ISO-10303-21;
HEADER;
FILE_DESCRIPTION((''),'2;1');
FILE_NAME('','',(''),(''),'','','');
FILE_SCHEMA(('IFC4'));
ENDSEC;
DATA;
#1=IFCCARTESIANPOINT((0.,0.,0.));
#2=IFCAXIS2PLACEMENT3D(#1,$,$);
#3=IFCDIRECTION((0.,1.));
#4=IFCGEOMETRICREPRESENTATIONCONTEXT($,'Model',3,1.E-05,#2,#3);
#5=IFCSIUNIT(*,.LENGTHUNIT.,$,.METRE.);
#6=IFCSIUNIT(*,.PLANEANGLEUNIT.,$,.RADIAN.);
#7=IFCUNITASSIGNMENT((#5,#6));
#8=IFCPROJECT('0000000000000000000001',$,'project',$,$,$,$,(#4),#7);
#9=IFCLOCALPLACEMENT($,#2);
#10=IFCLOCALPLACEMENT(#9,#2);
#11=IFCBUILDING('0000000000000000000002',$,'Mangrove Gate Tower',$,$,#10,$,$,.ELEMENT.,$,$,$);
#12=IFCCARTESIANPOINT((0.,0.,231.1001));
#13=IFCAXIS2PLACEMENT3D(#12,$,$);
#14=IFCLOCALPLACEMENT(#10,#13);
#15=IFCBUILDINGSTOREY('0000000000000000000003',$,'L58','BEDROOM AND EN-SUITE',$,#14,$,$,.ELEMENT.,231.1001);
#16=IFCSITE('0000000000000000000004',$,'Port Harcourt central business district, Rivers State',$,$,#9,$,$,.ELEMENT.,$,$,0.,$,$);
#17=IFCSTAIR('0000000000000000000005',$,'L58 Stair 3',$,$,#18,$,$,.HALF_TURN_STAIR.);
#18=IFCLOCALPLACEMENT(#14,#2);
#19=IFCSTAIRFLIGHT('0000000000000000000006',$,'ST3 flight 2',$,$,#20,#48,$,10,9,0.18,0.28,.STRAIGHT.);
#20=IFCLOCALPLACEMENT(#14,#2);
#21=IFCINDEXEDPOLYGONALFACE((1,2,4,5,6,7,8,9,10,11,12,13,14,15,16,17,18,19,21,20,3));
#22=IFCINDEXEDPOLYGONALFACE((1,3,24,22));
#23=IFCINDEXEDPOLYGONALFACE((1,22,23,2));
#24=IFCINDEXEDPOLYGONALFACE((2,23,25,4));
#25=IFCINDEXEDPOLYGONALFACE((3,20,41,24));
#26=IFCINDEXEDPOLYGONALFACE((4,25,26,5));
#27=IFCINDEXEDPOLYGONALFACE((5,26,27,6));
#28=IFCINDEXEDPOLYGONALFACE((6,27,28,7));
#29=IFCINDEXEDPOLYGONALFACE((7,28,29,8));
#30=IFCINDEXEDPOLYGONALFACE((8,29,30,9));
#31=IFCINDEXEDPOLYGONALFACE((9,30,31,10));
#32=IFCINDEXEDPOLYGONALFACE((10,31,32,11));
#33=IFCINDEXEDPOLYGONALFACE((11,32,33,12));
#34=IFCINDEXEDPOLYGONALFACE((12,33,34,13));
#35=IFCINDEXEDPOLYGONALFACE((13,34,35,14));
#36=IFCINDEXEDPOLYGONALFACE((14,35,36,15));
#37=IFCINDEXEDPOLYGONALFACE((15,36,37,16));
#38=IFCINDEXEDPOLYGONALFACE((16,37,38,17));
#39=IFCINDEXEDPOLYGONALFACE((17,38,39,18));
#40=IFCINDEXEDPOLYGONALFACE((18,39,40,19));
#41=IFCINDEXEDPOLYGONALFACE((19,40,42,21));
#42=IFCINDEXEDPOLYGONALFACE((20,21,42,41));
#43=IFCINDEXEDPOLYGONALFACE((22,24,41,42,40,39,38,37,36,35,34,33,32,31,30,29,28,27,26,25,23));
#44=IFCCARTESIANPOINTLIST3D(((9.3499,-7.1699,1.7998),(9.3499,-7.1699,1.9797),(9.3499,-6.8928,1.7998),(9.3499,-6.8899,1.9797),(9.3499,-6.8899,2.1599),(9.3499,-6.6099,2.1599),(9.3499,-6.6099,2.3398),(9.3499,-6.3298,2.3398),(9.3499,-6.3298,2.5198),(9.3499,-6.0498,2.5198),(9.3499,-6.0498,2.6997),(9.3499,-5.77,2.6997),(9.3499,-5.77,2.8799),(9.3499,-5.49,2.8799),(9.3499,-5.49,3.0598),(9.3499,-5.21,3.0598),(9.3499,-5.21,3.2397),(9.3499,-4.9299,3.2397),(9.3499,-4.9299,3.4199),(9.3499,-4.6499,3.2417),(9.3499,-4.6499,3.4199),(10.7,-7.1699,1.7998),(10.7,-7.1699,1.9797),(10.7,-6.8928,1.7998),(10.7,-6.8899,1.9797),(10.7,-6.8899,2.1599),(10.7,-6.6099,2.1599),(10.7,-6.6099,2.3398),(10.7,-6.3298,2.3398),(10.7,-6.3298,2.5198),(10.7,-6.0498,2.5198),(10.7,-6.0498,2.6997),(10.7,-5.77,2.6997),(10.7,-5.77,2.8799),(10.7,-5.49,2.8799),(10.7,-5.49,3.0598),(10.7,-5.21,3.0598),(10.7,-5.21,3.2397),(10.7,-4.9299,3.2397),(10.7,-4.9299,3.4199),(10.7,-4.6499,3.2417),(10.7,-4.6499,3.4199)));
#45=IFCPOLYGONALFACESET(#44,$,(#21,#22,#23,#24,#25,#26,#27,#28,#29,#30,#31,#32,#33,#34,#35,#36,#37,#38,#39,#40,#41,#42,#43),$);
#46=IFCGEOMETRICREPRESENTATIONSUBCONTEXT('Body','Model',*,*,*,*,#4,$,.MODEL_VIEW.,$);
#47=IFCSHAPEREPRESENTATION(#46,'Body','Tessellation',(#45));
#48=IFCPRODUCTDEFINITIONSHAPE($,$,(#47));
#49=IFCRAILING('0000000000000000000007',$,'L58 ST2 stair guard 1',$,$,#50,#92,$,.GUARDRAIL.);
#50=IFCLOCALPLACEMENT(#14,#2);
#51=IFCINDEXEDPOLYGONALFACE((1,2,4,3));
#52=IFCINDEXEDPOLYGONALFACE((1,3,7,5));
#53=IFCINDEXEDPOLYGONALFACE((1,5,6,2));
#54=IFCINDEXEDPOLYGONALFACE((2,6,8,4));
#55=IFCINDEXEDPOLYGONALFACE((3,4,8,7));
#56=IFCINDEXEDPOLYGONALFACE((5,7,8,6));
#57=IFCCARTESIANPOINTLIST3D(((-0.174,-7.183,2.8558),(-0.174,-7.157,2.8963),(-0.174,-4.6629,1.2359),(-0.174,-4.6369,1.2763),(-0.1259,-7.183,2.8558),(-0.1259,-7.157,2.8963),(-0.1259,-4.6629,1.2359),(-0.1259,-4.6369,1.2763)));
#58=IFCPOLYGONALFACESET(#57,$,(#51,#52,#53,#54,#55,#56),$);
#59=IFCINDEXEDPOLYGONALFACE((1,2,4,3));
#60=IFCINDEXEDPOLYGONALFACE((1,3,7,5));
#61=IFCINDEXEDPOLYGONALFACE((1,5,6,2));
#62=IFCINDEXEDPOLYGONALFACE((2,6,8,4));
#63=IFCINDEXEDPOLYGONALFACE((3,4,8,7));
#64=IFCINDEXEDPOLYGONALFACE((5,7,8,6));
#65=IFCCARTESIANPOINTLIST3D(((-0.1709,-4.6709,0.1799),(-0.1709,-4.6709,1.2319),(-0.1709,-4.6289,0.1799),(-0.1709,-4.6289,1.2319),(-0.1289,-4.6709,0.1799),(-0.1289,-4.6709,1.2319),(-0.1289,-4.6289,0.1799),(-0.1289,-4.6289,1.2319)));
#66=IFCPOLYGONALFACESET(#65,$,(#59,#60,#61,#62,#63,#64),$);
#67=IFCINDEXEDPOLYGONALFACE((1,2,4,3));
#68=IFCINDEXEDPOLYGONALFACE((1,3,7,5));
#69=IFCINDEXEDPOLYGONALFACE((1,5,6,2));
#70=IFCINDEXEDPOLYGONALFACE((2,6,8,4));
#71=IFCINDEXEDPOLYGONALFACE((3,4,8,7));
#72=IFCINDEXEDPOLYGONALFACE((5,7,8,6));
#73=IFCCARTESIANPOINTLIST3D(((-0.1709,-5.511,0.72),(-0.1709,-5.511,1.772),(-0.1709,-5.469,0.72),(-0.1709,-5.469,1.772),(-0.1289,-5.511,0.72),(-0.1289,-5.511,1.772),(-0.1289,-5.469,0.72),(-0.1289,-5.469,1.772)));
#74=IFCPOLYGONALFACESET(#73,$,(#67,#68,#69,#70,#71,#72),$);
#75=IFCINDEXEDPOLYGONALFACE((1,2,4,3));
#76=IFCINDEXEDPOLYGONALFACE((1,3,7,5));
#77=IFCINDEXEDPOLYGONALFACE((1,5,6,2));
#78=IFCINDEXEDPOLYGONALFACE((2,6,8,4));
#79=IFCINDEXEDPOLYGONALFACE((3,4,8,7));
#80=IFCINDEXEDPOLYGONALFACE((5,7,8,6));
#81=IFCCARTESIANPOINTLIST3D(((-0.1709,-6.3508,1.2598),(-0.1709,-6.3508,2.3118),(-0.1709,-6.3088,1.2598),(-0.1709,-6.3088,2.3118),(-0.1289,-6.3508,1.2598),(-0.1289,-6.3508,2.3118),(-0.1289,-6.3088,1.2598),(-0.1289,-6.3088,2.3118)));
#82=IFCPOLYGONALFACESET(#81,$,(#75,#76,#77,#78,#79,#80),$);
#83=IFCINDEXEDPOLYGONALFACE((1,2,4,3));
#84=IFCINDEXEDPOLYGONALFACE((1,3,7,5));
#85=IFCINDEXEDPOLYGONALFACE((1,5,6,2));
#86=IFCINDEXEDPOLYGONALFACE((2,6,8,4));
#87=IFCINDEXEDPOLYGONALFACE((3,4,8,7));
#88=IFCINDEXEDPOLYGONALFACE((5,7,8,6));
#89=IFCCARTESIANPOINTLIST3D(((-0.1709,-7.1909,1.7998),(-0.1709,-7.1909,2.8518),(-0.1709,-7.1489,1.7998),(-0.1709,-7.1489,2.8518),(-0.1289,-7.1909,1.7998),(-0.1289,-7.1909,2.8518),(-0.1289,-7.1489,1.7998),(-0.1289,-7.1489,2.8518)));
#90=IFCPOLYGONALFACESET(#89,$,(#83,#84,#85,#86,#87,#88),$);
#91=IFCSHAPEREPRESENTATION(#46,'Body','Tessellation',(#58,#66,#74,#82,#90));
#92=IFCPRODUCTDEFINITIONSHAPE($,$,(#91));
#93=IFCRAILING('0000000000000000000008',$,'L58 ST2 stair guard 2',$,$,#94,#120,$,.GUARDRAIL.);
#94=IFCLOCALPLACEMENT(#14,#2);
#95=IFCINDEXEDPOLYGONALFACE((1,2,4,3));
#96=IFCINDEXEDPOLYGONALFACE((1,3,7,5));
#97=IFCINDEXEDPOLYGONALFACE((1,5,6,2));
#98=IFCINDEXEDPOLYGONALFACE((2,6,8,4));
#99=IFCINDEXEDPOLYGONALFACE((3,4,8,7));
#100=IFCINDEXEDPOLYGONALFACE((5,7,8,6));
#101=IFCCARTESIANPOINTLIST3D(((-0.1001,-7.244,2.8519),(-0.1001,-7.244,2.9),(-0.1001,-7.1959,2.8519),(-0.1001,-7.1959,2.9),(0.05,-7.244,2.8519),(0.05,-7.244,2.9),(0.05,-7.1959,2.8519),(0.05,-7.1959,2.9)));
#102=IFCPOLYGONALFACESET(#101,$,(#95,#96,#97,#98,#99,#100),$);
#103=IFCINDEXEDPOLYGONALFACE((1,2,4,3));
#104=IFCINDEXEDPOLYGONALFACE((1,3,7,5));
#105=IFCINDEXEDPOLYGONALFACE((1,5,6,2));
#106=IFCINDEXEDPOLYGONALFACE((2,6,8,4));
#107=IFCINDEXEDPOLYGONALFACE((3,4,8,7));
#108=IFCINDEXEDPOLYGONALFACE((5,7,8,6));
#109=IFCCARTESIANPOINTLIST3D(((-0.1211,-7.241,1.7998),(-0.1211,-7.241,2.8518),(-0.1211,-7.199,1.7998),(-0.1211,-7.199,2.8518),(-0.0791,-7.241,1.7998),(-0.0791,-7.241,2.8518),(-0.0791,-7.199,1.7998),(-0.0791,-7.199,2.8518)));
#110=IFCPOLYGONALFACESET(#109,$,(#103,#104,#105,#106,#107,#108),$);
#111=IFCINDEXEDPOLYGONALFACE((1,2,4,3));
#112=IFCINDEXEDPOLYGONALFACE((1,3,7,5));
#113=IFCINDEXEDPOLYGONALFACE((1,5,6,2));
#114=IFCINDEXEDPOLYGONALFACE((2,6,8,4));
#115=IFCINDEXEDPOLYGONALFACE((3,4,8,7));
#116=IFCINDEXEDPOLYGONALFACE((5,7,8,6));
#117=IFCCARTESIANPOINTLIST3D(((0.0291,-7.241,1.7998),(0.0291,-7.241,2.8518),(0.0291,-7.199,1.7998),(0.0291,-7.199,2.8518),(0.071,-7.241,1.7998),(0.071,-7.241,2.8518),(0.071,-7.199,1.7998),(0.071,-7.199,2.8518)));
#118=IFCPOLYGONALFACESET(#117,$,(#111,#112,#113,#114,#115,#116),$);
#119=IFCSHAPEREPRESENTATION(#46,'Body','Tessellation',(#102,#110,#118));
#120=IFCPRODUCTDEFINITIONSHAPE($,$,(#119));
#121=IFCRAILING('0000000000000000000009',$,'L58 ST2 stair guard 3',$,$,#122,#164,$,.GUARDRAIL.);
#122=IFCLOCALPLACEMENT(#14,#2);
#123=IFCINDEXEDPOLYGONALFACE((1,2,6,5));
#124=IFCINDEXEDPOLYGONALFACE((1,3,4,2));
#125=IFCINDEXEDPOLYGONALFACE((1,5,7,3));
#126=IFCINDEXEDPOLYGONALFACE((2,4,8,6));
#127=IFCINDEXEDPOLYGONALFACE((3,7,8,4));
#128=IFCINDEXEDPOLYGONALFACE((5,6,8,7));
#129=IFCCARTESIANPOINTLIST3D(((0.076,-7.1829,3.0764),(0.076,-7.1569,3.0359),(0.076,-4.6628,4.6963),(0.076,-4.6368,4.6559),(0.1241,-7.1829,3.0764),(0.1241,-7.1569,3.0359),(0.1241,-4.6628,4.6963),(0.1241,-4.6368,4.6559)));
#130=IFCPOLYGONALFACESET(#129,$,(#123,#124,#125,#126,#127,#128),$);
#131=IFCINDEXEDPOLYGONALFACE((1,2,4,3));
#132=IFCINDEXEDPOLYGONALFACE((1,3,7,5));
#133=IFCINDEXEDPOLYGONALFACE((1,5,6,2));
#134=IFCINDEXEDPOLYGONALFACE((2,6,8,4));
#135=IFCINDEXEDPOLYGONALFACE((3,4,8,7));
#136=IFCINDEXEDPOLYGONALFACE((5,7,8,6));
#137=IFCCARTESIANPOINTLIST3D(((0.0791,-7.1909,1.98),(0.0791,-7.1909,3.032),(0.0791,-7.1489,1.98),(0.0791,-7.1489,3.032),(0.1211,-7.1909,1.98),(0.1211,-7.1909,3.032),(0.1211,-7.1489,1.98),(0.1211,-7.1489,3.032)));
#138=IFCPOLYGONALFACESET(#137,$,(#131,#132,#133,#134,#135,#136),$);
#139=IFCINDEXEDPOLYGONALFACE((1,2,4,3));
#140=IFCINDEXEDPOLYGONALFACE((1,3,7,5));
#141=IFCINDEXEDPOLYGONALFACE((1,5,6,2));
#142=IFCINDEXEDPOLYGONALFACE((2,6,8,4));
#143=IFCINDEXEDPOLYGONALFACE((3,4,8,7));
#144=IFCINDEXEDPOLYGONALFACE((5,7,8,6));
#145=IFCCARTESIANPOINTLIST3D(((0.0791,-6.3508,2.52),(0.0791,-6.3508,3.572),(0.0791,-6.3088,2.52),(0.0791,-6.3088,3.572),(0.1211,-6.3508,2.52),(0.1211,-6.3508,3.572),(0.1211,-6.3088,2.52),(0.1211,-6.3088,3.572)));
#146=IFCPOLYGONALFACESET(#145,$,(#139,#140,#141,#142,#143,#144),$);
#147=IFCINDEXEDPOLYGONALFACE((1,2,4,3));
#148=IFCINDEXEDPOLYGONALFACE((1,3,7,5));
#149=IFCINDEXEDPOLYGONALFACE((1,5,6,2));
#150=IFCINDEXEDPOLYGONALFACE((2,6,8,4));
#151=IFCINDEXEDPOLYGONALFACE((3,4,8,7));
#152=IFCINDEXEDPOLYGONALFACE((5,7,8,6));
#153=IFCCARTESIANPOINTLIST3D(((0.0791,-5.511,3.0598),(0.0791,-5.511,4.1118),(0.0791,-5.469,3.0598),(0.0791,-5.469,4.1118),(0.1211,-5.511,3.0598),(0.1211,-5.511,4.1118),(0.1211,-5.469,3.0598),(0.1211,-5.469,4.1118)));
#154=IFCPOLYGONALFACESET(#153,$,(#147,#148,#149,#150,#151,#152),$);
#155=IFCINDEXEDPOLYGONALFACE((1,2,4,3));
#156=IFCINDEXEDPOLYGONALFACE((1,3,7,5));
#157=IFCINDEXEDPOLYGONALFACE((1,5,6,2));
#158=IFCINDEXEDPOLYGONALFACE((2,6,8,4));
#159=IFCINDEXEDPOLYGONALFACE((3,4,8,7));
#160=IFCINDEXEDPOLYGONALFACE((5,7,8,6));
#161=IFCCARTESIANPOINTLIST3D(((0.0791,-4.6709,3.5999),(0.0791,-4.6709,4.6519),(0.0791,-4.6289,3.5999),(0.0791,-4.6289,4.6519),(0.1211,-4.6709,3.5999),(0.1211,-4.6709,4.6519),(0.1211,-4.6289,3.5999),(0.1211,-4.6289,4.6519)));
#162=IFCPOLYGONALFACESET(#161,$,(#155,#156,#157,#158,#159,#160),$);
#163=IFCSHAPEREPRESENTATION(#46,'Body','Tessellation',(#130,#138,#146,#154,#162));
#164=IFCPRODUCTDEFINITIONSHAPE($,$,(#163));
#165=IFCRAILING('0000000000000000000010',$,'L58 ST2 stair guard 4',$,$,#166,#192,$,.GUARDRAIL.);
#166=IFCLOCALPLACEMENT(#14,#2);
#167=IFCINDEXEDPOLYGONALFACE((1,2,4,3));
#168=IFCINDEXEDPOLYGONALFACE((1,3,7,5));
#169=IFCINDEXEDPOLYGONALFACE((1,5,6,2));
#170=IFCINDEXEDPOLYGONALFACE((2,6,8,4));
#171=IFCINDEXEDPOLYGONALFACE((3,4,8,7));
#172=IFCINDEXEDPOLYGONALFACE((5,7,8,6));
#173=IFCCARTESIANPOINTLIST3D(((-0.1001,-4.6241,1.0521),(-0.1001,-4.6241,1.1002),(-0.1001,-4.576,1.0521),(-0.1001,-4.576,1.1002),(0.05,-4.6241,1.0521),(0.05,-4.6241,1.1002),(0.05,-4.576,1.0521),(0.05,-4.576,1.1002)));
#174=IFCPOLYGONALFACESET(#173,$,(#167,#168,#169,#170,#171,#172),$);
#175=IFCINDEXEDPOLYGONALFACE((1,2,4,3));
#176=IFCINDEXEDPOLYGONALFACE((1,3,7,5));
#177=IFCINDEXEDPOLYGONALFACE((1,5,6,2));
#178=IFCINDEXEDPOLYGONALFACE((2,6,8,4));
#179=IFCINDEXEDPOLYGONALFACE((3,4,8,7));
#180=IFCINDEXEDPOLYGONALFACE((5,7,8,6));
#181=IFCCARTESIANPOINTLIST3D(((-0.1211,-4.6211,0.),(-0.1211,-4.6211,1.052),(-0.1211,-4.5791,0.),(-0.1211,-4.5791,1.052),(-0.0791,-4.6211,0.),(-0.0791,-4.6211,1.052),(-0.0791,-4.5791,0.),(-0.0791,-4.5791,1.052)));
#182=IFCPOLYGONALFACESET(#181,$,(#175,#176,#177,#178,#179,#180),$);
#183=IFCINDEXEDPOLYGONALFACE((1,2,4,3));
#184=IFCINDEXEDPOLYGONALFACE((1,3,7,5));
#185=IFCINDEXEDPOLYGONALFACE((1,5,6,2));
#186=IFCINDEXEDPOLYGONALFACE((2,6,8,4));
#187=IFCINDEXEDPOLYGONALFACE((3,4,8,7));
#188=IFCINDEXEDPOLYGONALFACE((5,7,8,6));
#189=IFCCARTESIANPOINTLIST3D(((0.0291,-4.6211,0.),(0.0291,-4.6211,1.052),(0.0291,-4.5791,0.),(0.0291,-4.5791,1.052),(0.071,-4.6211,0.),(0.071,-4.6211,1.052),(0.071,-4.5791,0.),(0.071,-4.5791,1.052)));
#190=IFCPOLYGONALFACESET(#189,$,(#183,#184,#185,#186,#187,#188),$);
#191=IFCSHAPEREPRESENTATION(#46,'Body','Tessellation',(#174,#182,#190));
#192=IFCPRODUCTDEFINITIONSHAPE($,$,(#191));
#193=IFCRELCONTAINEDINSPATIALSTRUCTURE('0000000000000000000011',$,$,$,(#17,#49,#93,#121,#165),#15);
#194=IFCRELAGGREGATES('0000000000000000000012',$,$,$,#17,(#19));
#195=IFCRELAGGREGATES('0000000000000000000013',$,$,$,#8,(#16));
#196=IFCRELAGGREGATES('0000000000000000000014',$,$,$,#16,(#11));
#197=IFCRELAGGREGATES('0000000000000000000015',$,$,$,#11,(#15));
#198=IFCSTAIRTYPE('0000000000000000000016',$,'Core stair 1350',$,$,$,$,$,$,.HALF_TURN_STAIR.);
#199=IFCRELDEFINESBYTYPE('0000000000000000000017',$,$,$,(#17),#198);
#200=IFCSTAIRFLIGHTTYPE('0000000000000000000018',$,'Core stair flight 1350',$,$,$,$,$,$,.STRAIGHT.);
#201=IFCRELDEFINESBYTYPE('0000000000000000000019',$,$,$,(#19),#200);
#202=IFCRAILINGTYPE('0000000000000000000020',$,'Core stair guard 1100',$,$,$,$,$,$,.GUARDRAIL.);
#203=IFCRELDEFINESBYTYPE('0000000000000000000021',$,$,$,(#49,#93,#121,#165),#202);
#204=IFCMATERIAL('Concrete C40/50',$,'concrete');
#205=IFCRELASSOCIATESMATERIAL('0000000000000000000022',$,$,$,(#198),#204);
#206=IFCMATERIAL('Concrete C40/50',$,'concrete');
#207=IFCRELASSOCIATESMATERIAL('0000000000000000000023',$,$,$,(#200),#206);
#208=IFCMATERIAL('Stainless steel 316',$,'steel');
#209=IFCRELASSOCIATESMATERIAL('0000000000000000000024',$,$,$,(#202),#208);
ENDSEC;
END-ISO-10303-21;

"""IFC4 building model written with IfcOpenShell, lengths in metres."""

from ifc_helpers import new_model, si_unit, direction, frame, origin, origin_2d, place, context, subcontext, project, spatial, polyline, rectangle, outline, extrude, material, type_object, element, aggregate, save


model = new_model("IFC4")

# Units and contexts
model_context = context("Model", 3, precision=1e-05, world=origin(), true_north=direction((0.0, 1.0)))
body_context = subcontext(model_context, "Body", "Model", "MODEL_VIEW")
ifc_project = project(units=[si_unit("LENGTHUNIT", "METRE"), si_unit("PLANEANGLEUNIT", "RADIAN")], contexts=[model_context])

# Site, building, storey
site_placement = place(None, origin())
site = spatial("IfcSite", under=ifc_project, at=site_placement, Name="Port Harcourt central business district, Rivers State", CompositionType="ELEMENT", RefElevation=0.0)
building_placement = place(site_placement, origin())
building = spatial("IfcBuilding", under=site, at=building_placement, Name="Mangrove Gate Tower", CompositionType="ELEMENT")
storey_placement = place(building_placement, frame((0.0, 0.0, 231.1001)))
storey = spatial("IfcBuildingStorey", under=building, at=storey_placement, Name="L58", Description="BEDROOM AND EN-SUITE", CompositionType="ELEMENT", Elevation=231.1001)

# Shared definitions
ifc_material_1 = material(Name="Concrete C40/50", Category="concrete")
stair_type = type_object("IfcStairType", Name="Core stair 1350", PredefinedType="HALF_TURN_STAIR", material=ifc_material_1)
ifc_material_2 = material(Name="Concrete C40/50", Category="concrete")
stair_flight_type = type_object("IfcStairFlightType", Name="Core stair flight 1350", PredefinedType="STRAIGHT", material=ifc_material_2)

# Stair, stair flight
stair_1_placement = place(storey_placement, origin())
stair_1 = element("IfcStair", 1, at=stair_1_placement, inside=storey, type_object=stair_type, Name="L58 Stair 3", PredefinedType="HALF_TURN_STAIR")
stair_flight_1_placement = place(storey_placement, frame((10.0249, -7.1699, 1.7998), z_axis=(0.0, 0.0, 1.0), x_axis=(0.0, 1.0, 0.0)))
stair_flight_1 = element("IfcStairFlight", 2, at=stair_flight_1_placement, type_object=stair_flight_type, Name="ST3 flight 2", NumberOfRisers=10, NumberOfTreads=9, PredefinedType="STRAIGHT", RiserHeight=0.18, TreadLength=0.28, context=body_context, shape_type="SweptSolid", body=[
    extrude(outline(polyline([(0.0, 0.0), (0.0, 0.1799), (0.28, 0.1799), (0.28, 0.3601), (0.5601, 0.3601), (0.5601, 0.54), (0.8401, 0.54), (0.8401, 0.72), (1.1201, 0.72), (1.1201, 0.8999), (1.3999, 0.8999), (1.3999, 1.0801), (1.6799, 1.0801), (1.6799, 1.26), (1.96, 1.26), (1.96, 1.4399), (2.24, 1.4399), (2.24, 1.6201), (2.52, 1.6201), (2.52, 1.8), (2.52, 1.4419), (0.2771, 0.0), (0.0, 0.0)])), frame((0.0, 0.675, 0.0), z_axis=(0.0, -1.0, 0.0), x_axis=(1.0, 0.0, 0.0)), (0.0, 0.0, 1.0), 1.3501),
])
aggregate(stair_1, [stair_flight_1])

# Railings
ifc_material_3 = material(Name="Stainless steel 316", Category="steel")
railing_type_1 = type_object("IfcRailingType", Name="Core stair guard 1100", PredefinedType="GUARDRAIL", material=ifc_material_3)
railing_1_placement = place(storey_placement, frame((-0.1499, -4.6499, 0.1799)))
element("IfcRailing", 3, at=railing_1_placement, inside=storey, type_object=railing_type_1, Name="L58 ST2 stair guard 1", PredefinedType="GUARDRAIL", context=body_context, shape_type="SweptSolid", body=[
    extrude(rectangle(XDim=0.0481, YDim=0.0481, at=origin_2d()), frame((0.0, 0.0, 1.0762), z_axis=(0.0, -0.8412, 0.540725), x_axis=(1.0, 0.0, 0.0)), (0.0, 0.0, 1.0), 2.9958),
    extrude(rectangle(XDim=0.042, YDim=0.042, at=origin_2d()), origin(), (0.0, 0.0, 1.0), 1.052),
    extrude(rectangle(XDim=0.042, YDim=0.042, at=origin_2d()), frame((0.0, -0.8401, 0.54)), (0.0, 0.0, 1.0), 1.052),
    extrude(rectangle(XDim=0.042, YDim=0.042, at=origin_2d()), frame((0.0, -1.6799, 1.0798)), (0.0, 0.0, 1.0), 1.052),
    extrude(rectangle(XDim=0.042, YDim=0.042, at=origin_2d()), frame((0.0, -2.52, 1.6199)), (0.0, 0.0, 1.0), 1.052),
])
railing_2_placement = place(storey_placement, frame((-0.1001, -7.22, 1.7998)))
element("IfcRailing", 4, at=railing_2_placement, inside=storey, type_object=railing_type_1, Name="L58 ST2 stair guard 2", PredefinedType="GUARDRAIL", context=body_context, shape_type="SweptSolid", body=[
    extrude(rectangle(XDim=0.0481, YDim=0.0481, at=origin_2d()), frame((0.0, 0.0, 1.0762), z_axis=(1.0, 0.0, 0.0), x_axis=(0.0, 1.0, 0.0)), (0.0, 0.0, 1.0), 0.1501),
    extrude(rectangle(XDim=0.042, YDim=0.042, at=origin_2d()), origin(), (0.0, 0.0, 1.0), 1.052),
    extrude(rectangle(XDim=0.042, YDim=0.042, at=origin_2d()), frame((0.1501, 0.0, 0.0)), (0.0, 0.0, 1.0), 1.052),
])
railing_3_placement = place(storey_placement, frame((0.1001, -7.1699, 1.98)))
element("IfcRailing", 5, at=railing_3_placement, inside=storey, type_object=railing_type_1, Name="L58 ST2 stair guard 3", PredefinedType="GUARDRAIL", context=body_context, shape_type="SweptSolid", body=[
    extrude(rectangle(XDim=0.0481, YDim=0.0481, at=origin_2d()), frame((0.0, 0.0, 1.0762), z_axis=(0.0, 0.8412, 0.540725), x_axis=(-1.0, 0.0, 0.0)), (0.0, 0.0, 1.0), 2.9958),
    extrude(rectangle(XDim=0.042, YDim=0.042, at=origin_2d()), origin(), (0.0, 0.0, 1.0), 1.052),
    extrude(rectangle(XDim=0.042, YDim=0.042, at=origin_2d()), frame((0.0, 0.8401, 0.54)), (0.0, 0.0, 1.0), 1.052),
    extrude(rectangle(XDim=0.042, YDim=0.042, at=origin_2d()), frame((0.0, 1.6799, 1.0798)), (0.0, 0.0, 1.0), 1.052),
    extrude(rectangle(XDim=0.042, YDim=0.042, at=origin_2d()), frame((0.0, 2.52, 1.6199)), (0.0, 0.0, 1.0), 1.052),
])
railing_4_placement = place(storey_placement, frame((-0.1001, -4.6001, 0.0)))
element("IfcRailing", 6, at=railing_4_placement, inside=storey, type_object=railing_type_1, Name="L58 ST2 stair guard 4", PredefinedType="GUARDRAIL", context=body_context, shape_type="SweptSolid", body=[
    extrude(rectangle(XDim=0.0481, YDim=0.0481, at=origin_2d()), frame((0.0, 0.0, 1.0762), z_axis=(1.0, 0.0, 0.0), x_axis=(0.0, 1.0, 0.0)), (0.0, 0.0, 1.0), 0.1501),
    extrude(rectangle(XDim=0.042, YDim=0.042, at=origin_2d()), origin(), (0.0, 0.0, 1.0), 1.052),
    extrude(rectangle(XDim=0.042, YDim=0.042, at=origin_2d()), frame((0.1501, 0.0, 0.0)), (0.0, 0.0, 1.0), 1.052),
])

save(model, "model.ifc")
